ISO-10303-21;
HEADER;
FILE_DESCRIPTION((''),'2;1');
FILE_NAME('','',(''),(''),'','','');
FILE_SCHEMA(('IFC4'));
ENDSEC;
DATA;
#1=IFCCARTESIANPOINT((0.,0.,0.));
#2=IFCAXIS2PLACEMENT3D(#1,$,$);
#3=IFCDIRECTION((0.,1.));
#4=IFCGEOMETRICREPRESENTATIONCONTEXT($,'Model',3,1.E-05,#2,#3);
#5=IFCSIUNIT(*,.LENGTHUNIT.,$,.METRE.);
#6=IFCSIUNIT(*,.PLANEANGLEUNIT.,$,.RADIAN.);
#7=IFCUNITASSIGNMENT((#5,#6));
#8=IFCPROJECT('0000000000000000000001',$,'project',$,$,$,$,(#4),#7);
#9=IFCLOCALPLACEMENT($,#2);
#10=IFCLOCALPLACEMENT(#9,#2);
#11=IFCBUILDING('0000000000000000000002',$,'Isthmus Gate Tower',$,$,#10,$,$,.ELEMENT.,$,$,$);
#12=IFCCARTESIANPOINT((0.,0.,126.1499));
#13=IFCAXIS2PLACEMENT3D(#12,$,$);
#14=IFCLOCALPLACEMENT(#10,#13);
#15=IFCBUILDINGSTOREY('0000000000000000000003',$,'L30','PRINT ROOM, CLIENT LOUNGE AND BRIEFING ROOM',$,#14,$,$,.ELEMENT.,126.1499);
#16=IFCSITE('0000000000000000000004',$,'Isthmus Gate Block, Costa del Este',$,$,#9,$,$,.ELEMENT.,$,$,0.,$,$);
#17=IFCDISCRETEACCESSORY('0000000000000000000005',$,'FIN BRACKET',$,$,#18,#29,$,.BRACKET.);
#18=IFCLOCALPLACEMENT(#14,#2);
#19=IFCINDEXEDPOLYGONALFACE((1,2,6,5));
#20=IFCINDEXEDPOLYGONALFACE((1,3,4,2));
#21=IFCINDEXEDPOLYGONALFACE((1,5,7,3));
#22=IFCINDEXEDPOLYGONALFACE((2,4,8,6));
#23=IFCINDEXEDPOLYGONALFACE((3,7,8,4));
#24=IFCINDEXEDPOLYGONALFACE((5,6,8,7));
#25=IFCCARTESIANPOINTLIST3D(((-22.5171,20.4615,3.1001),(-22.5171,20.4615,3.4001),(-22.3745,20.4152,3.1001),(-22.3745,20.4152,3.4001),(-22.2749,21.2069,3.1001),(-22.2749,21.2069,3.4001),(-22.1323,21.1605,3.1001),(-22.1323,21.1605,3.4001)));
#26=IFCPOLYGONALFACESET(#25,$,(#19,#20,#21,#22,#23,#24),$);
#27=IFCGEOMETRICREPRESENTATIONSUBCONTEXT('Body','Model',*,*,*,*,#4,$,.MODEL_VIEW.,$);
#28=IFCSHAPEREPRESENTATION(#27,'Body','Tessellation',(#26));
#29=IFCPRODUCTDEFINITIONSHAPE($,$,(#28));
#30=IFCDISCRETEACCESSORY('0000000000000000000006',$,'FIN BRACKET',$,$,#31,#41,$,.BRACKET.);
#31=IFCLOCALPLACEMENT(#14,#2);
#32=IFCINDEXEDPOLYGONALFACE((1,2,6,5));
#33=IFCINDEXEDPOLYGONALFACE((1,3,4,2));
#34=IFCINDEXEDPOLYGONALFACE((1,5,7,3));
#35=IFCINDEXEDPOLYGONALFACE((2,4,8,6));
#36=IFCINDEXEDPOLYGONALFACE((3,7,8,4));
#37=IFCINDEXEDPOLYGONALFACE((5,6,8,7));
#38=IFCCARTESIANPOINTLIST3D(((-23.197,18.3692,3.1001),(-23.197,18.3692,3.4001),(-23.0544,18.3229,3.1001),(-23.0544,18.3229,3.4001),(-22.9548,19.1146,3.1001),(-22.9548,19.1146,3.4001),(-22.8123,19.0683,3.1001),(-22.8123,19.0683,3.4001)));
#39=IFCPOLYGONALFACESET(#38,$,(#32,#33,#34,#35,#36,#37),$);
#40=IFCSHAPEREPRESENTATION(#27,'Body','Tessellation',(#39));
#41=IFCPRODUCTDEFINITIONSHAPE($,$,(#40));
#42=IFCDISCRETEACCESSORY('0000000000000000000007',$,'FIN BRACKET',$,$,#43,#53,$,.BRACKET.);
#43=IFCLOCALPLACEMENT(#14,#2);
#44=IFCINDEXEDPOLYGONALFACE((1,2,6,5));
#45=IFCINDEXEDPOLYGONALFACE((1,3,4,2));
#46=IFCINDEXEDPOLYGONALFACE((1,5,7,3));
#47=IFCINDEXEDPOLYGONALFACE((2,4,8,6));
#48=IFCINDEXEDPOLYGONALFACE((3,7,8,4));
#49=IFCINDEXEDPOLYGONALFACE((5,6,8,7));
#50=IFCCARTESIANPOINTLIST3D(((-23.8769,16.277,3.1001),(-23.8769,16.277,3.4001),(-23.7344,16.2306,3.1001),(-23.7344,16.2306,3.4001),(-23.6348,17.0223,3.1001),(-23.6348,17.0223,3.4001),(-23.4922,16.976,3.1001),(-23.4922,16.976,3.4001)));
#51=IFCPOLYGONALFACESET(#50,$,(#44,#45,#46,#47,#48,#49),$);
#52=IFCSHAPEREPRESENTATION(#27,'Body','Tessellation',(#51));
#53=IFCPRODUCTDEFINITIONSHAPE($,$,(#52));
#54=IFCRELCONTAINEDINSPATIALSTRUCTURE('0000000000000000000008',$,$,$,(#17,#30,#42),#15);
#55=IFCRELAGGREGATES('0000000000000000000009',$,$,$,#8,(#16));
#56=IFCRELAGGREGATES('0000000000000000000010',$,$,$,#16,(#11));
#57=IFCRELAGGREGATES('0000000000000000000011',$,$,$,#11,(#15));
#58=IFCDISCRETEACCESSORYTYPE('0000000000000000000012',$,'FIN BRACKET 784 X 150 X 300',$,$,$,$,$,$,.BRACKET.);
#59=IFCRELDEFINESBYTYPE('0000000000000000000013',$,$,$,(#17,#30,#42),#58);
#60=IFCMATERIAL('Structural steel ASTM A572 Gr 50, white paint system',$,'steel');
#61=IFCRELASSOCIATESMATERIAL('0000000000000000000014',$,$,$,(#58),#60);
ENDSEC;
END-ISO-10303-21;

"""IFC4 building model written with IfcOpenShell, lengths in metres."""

from ifc_helpers import new_model, si_unit, direction, frame, origin, origin_2d, place, context, subcontext, project, spatial, rectangle, extrude, material, type_object, element, save


model = new_model("IFC4")

# Units and contexts
model_context = context("Model", 3, precision=1e-05, world=origin(), true_north=direction((0.0, 1.0)))
body_context = subcontext(model_context, "Body", "Model", "MODEL_VIEW")
ifc_project = project(units=[si_unit("LENGTHUNIT", "METRE"), si_unit("PLANEANGLEUNIT", "RADIAN")], contexts=[model_context])

# Site, building, storey
site_placement = place(None, origin())
site = spatial("IfcSite", under=ifc_project, at=site_placement, Name="Isthmus Gate Block, Costa del Este", CompositionType="ELEMENT", RefElevation=0.0)
building_placement = place(site_placement, origin())
building = spatial("IfcBuilding", under=site, at=building_placement, Name="Isthmus Gate Tower", CompositionType="ELEMENT")
storey_placement = place(building_placement, frame((0.0, 0.0, 126.1499)))
storey = spatial("IfcBuildingStorey", under=building, at=storey_placement, Name="L30", Description="PRINT ROOM, CLIENT LOUNGE AND BRIEFING ROOM", CompositionType="ELEMENT", Elevation=126.1499)

# Discrete accessories
ifc_material_1 = material(Name="Structural steel ASTM A572 Gr 50, white paint system", Category="steel")
discrete_accessory_type_1 = type_object("IfcDiscreteAccessoryType", Name="FIN BRACKET 784 X 150 X 300", PredefinedType="BRACKET", material=ifc_material_1)
for number, where, z_axis, x_axis, name in (
    (1, (-22.3247, 20.811, 3.1001), (0.0, 0.0, 1.0), (-0.951057, 0.309017, 0.0), "FIN BRACKET"),
    (2, (-23.0046, 18.7188, 3.1001), (0.0, 0.0, 1.0), (-0.951057, 0.309017, 0.0), "FIN BRACKET"),
    (3, (-23.6846, 16.6265, 3.1001), (0.0, 0.0, 1.0), (-0.951057, 0.309017, 0.0), "FIN BRACKET"),
):
    element("IfcDiscreteAccessory", number, at=place(storey_placement, frame(where, z_axis=z_axis, x_axis=x_axis)), inside=storey, type_object=discrete_accessory_type_1, Name=name, PredefinedType="BRACKET", context=body_context, shape_type="SweptSolid", body=[
        extrude(rectangle(XDim=0.1499, YDim=0.7837, at=origin_2d()), origin(), (0.0, 0.0, 1.0), 0.3),
    ])

save(model, "model.ifc")
